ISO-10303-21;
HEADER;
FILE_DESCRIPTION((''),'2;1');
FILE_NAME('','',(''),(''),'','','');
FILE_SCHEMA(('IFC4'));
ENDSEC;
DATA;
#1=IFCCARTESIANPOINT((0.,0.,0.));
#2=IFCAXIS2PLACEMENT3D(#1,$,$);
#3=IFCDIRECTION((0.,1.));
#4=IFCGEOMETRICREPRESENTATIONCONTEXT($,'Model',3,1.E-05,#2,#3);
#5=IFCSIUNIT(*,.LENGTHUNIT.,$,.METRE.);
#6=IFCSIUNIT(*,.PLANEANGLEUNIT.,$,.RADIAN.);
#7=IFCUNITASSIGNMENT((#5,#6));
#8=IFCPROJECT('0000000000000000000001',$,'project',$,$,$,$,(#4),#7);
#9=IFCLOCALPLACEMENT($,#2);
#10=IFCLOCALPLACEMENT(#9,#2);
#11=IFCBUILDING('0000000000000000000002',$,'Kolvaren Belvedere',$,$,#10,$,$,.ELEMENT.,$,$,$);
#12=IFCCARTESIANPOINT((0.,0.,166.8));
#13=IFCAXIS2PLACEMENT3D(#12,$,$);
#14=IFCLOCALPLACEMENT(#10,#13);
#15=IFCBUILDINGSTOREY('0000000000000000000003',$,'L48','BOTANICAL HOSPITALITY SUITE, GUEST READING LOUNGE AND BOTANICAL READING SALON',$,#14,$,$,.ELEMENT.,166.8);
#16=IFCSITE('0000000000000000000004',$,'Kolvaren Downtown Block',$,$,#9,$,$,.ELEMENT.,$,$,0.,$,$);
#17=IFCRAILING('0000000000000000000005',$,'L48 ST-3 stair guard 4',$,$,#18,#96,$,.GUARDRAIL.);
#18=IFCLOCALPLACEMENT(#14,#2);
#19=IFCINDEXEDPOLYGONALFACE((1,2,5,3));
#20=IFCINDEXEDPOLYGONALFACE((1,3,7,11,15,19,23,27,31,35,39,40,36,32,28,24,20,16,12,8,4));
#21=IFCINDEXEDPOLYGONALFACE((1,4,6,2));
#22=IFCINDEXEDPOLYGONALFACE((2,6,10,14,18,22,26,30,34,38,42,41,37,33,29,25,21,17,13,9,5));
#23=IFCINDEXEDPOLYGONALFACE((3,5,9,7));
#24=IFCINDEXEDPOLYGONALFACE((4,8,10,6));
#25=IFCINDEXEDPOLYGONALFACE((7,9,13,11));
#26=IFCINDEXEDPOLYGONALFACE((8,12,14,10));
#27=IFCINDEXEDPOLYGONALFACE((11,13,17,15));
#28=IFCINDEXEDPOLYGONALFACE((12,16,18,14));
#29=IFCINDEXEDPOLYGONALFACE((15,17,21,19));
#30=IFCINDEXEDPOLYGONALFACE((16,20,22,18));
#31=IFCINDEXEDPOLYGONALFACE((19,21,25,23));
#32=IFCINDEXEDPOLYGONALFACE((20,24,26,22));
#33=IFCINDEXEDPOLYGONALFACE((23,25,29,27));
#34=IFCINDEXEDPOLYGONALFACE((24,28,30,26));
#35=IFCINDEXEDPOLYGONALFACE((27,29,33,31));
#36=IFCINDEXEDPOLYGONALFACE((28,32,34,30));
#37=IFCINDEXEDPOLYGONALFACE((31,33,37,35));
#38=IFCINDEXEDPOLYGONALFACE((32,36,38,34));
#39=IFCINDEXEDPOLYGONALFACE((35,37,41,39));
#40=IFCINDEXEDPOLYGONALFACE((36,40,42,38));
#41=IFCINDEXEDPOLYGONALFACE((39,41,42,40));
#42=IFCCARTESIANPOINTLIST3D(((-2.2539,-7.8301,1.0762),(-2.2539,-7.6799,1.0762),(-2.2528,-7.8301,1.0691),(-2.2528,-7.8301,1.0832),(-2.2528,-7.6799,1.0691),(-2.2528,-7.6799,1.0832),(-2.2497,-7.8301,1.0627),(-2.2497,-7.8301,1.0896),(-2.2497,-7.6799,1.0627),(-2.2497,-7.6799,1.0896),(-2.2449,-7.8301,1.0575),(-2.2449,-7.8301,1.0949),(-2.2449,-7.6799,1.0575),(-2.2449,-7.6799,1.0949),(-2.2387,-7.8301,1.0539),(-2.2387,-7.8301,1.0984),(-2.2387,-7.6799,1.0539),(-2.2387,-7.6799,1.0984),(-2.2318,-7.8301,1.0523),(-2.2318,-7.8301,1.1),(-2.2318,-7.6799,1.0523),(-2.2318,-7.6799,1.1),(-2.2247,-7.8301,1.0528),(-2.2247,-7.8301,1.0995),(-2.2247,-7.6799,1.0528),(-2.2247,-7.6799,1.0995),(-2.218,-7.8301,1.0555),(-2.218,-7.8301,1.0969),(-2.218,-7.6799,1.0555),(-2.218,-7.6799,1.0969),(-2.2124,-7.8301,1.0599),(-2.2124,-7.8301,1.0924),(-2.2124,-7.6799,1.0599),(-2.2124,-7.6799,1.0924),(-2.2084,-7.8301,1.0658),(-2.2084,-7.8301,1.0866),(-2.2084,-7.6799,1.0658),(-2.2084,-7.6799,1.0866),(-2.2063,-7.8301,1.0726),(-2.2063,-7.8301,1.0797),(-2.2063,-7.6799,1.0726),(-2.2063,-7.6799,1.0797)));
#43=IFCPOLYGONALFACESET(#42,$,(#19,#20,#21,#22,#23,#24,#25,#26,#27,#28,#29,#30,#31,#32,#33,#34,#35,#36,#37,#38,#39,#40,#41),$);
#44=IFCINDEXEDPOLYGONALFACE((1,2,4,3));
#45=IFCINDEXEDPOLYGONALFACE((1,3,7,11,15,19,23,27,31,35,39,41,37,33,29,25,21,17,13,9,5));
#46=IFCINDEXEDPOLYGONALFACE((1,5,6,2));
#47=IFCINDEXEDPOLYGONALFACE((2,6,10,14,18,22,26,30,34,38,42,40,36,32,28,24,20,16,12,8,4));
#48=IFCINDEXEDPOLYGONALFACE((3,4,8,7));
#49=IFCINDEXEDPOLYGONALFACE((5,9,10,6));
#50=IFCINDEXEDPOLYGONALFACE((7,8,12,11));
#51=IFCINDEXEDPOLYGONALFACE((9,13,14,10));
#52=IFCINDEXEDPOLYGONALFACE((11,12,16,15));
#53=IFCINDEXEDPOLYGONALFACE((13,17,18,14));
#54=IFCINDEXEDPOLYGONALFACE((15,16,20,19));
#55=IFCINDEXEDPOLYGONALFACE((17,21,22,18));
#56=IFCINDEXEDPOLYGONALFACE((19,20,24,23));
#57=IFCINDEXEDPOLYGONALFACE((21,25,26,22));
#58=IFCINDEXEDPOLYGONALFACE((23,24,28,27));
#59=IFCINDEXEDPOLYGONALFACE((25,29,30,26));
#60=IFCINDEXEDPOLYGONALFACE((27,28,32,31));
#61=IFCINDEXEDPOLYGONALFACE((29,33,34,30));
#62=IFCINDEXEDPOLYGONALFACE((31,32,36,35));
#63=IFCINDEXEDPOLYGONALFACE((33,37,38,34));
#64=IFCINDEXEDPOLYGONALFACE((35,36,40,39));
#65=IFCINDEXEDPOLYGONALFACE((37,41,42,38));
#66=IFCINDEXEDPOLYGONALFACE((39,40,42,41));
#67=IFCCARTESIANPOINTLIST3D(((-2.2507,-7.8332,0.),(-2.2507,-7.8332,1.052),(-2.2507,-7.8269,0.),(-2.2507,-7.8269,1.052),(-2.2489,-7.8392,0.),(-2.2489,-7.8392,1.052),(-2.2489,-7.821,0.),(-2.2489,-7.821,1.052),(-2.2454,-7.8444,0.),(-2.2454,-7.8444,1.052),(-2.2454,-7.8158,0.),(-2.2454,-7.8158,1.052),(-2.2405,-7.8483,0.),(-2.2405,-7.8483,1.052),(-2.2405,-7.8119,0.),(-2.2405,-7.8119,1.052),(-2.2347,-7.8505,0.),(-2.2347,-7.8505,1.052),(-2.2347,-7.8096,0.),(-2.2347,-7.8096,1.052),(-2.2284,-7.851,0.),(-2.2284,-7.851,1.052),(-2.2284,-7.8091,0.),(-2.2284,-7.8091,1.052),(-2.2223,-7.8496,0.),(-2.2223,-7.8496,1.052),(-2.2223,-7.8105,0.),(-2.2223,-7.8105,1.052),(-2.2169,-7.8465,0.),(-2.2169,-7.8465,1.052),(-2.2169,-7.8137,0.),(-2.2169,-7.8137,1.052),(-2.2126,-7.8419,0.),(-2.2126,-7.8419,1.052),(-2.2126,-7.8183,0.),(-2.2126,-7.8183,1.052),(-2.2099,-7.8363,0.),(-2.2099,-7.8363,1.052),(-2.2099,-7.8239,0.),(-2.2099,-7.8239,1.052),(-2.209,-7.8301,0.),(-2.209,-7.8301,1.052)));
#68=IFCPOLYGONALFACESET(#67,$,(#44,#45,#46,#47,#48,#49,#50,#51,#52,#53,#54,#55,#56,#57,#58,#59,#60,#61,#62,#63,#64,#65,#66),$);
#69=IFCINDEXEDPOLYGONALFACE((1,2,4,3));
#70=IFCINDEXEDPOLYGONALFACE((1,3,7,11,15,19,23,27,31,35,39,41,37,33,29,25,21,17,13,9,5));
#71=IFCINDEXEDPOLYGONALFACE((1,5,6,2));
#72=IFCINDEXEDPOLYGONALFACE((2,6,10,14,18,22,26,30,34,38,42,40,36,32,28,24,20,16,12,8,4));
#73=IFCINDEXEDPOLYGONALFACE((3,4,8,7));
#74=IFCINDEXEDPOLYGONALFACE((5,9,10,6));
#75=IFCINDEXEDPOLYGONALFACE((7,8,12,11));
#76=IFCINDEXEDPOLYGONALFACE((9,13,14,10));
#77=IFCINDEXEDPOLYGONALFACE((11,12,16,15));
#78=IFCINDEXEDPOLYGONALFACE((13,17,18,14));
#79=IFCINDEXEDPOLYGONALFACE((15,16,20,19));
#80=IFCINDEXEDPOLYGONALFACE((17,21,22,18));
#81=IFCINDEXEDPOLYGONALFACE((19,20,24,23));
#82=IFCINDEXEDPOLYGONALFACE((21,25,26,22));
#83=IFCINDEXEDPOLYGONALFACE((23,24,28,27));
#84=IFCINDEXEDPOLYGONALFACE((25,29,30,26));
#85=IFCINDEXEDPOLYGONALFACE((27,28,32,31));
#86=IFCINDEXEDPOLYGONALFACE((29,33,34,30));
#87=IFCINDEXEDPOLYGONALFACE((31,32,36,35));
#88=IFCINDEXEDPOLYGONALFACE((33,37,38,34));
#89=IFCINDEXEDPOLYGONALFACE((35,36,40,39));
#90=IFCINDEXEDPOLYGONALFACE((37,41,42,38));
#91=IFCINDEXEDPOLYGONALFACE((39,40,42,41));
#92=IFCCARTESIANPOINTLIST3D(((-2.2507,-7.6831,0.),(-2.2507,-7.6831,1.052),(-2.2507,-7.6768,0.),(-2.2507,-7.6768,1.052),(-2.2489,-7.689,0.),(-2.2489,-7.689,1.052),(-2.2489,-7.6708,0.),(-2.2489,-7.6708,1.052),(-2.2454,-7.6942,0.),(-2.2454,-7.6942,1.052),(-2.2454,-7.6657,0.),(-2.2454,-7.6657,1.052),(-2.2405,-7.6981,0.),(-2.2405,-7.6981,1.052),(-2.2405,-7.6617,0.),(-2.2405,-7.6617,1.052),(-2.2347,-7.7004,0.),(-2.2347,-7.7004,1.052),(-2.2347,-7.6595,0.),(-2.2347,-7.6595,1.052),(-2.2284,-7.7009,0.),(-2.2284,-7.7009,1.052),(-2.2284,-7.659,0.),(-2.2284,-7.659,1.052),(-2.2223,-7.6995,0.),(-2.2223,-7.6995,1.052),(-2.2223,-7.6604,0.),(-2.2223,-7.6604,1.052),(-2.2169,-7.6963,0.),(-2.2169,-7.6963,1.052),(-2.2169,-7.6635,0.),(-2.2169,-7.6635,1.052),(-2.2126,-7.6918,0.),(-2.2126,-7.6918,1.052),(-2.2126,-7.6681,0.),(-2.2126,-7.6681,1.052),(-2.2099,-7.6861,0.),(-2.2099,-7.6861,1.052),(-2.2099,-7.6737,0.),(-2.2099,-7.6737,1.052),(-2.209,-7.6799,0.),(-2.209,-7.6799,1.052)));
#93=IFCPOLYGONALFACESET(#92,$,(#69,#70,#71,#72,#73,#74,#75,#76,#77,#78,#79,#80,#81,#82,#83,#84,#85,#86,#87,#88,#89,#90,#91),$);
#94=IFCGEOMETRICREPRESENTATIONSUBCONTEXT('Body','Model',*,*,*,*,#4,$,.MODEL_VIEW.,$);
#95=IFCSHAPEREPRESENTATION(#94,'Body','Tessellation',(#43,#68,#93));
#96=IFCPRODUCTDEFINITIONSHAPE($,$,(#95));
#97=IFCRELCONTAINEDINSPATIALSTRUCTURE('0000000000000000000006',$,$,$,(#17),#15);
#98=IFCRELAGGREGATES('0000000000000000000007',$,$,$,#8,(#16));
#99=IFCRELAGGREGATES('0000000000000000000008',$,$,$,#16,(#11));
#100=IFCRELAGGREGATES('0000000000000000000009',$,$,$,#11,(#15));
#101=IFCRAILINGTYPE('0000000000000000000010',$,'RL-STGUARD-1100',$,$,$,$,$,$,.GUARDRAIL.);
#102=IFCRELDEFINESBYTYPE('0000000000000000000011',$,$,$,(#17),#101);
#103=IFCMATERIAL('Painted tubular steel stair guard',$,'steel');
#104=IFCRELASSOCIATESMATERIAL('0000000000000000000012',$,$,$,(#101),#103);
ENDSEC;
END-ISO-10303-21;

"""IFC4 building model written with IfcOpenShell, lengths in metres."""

from ifc_helpers import new_model, si_unit, direction, frame, origin, origin_2d, place, context, subcontext, project, spatial, circle, extrude, material, type_object, element, save


model = new_model("IFC4")

# Units and contexts
model_context = context("Model", 3, precision=1e-05, world=origin(), true_north=direction((0.0, 1.0)))
body_context = subcontext(model_context, "Body", "Model", "MODEL_VIEW")
ifc_project = project(units=[si_unit("LENGTHUNIT", "METRE"), si_unit("PLANEANGLEUNIT", "RADIAN")], contexts=[model_context])

# Site, building, storey
site_placement = place(None, origin())
site = spatial("IfcSite", under=ifc_project, at=site_placement, Name="Kolvaren Downtown Block", CompositionType="ELEMENT", RefElevation=0.0)
building_placement = place(site_placement, origin())
building = spatial("IfcBuilding", under=site, at=building_placement, Name="Kolvaren Belvedere", CompositionType="ELEMENT")
storey_placement = place(building_placement, frame((0.0, 0.0, 166.8)))
storey = spatial("IfcBuildingStorey", under=building, at=storey_placement, Name="L48", Description="BOTANICAL HOSPITALITY SUITE, GUEST READING LOUNGE AND BOTANICAL READING SALON", CompositionType="ELEMENT", Elevation=166.8)

# Railing
ifc_material_1 = material(Name="Painted tubular steel stair guard", Category="steel")
railing_type_1 = type_object("IfcRailingType", Name="RL-STGUARD-1100", PredefinedType="GUARDRAIL", material=ifc_material_1)
railing_1_placement = place(storey_placement, frame((-2.23, -7.8301, 0.0)))
element("IfcRailing", 1, at=railing_1_placement, inside=storey, type_object=railing_type_1, Name="L48 ST-3 stair guard 4", PredefinedType="GUARDRAIL", context=body_context, shape_type="SweptSolid", body=[
    extrude(circle(Radius=0.0239, at=origin_2d()), frame((0.0, 0.0, 1.0762), z_axis=(0.0, 1.0, 0.0), x_axis=(-1.0, 0.0, 0.0)), (0.0, 0.0, 1.0), 0.1501),
    extrude(circle(Radius=0.021, at=origin_2d()), origin(), (0.0, 0.0, 1.0), 1.052),
    extrude(circle(Radius=0.021, at=origin_2d()), frame((0.0, 0.1501, 0.0)), (0.0, 0.0, 1.0), 1.052),
])

save(model, "model.ifc")
